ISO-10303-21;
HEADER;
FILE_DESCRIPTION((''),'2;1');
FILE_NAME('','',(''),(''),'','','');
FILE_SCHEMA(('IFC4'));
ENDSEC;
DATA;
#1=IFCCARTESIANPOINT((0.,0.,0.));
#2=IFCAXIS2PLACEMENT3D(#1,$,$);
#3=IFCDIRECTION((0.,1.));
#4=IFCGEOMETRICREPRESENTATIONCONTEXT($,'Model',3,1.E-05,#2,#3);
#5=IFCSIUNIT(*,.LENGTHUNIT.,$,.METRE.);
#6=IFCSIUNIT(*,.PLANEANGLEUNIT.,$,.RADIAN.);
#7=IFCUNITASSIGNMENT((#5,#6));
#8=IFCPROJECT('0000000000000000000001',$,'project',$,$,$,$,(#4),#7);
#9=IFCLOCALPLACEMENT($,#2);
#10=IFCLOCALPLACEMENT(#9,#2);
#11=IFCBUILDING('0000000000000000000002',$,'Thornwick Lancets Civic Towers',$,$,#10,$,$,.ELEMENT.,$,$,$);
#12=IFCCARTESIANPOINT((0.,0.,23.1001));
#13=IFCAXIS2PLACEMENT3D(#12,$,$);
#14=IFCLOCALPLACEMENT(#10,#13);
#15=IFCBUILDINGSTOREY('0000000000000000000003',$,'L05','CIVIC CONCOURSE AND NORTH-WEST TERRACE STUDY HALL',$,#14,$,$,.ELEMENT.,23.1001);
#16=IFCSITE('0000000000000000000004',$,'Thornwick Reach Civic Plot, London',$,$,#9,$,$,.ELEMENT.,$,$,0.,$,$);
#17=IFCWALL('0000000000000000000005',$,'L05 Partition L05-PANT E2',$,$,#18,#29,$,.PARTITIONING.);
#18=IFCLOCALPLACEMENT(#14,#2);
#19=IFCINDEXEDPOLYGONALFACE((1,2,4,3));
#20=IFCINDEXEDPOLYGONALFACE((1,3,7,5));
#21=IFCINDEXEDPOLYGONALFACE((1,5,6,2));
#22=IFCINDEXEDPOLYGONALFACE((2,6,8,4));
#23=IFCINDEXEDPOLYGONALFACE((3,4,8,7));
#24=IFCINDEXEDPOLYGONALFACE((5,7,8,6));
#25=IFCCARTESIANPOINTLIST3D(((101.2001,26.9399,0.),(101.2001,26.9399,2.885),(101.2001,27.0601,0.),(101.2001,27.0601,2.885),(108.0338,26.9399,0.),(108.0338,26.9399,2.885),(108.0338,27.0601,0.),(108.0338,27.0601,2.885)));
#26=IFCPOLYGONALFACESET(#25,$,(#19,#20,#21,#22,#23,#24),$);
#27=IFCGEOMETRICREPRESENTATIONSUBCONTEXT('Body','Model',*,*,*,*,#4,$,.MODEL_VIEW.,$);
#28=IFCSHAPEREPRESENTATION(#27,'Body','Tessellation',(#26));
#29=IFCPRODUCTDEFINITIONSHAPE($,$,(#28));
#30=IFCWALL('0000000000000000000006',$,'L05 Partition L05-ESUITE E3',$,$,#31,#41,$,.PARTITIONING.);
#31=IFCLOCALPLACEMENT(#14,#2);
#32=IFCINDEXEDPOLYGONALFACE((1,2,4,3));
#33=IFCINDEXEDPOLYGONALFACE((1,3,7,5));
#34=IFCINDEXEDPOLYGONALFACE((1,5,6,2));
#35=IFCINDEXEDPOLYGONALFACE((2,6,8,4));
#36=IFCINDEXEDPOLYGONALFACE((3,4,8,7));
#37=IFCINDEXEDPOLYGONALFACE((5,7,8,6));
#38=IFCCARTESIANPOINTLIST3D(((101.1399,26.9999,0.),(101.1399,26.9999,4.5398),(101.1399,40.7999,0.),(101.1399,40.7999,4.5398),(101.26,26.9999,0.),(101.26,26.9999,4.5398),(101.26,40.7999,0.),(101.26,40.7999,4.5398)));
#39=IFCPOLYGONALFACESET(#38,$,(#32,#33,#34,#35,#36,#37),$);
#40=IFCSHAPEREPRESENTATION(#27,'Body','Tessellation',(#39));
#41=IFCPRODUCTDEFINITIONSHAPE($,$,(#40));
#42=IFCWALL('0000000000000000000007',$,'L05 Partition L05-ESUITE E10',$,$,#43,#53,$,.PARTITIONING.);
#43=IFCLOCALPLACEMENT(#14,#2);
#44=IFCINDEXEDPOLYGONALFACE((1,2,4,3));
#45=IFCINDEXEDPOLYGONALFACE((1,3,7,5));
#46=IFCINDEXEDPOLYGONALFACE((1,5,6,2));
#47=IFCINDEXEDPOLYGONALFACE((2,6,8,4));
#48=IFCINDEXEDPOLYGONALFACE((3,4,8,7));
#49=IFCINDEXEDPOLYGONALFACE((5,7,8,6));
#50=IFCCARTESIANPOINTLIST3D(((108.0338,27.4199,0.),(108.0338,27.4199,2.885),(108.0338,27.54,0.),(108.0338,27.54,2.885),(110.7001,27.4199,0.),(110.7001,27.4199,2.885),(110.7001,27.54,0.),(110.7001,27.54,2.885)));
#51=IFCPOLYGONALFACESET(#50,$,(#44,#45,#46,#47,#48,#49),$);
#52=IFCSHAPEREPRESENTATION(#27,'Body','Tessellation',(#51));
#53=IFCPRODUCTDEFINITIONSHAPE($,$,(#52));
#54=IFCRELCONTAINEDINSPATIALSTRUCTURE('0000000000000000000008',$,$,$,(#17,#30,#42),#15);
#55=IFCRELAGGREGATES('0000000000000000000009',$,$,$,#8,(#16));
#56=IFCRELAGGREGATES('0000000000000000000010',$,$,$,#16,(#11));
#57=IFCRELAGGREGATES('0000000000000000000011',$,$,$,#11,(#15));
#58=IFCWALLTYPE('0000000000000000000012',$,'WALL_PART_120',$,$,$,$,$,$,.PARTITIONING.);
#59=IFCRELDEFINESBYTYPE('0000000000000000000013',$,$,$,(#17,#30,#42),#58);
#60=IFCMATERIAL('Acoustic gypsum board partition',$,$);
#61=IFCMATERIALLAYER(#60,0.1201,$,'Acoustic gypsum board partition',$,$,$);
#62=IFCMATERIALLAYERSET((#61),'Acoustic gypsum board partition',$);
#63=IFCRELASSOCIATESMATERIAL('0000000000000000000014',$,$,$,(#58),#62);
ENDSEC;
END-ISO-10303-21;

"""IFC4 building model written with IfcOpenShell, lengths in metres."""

from ifc_helpers import new_model, si_unit, direction, frame, frame_2d, origin, place, context, subcontext, project, spatial, rectangle, extrude, material, layer, layer_set, type_object, element, save


model = new_model("IFC4")

# Units and contexts
model_context = context("Model", 3, precision=1e-05, world=origin(), true_north=direction((0.0, 1.0)))
body_context = subcontext(model_context, "Body", "Model", "MODEL_VIEW")
ifc_project = project(units=[si_unit("LENGTHUNIT", "METRE"), si_unit("PLANEANGLEUNIT", "RADIAN")], contexts=[model_context])

# Site, building, storey
site_placement = place(None, origin())
site = spatial("IfcSite", under=ifc_project, at=site_placement, Name="Thornwick Reach Civic Plot, London", CompositionType="ELEMENT", RefElevation=0.0)
building_placement = place(site_placement, origin())
building = spatial("IfcBuilding", under=site, at=building_placement, Name="Thornwick Lancets Civic Towers", CompositionType="ELEMENT")
storey_placement = place(building_placement, frame((0.0, 0.0, 23.1001)))
storey = spatial("IfcBuildingStorey", under=building, at=storey_placement, Name="L05", Description="CIVIC CONCOURSE AND NORTH-WEST TERRACE STUDY HALL", CompositionType="ELEMENT", Elevation=23.1001)

# Walls
ifc_material_1 = material(Name="Acoustic gypsum board partition")
ifc_layer_1 = layer(ifc_material_1, 0.1201, Name="Acoustic gypsum board partition")
ifc_layer_set_1 = layer_set([ifc_layer_1], Name="Acoustic gypsum board partition")
wall_type_1 = type_object("IfcWallType", Name="WALL_PART_120", PredefinedType="PARTITIONING", material=ifc_layer_set_1)
wall_1_placement = place(storey_placement, frame((101.2, 27.0, 0.0), z_axis=(0.0, 0.0, 1.0), x_axis=(1.0, 0.0, 0.0)))
element("IfcWall", 1, at=wall_1_placement, inside=storey, type_object=wall_type_1, Name="L05 Partition L05-PANT E2", PredefinedType="PARTITIONING", context=body_context, shape_type="SweptSolid", body=[
    extrude(rectangle(XDim=6.8337, YDim=0.1201, at=frame_2d((3.417, 0.0))), origin(), (0.0, 0.0, 1.0), 2.885),
])
wall_2_placement = place(storey_placement, frame((101.2, 27.0, 0.0), z_axis=(0.0, 0.0, 1.0), x_axis=(0.0, 1.0, 0.0)))
element("IfcWall", 2, at=wall_2_placement, inside=storey, type_object=wall_type_1, Name="L05 Partition L05-ESUITE E3", PredefinedType="PARTITIONING", context=body_context, shape_type="SweptSolid", body=[
    extrude(rectangle(XDim=13.8, YDim=0.1201, at=frame_2d((6.8999, 0.0))), origin(), (0.0, 0.0, 1.0), 4.5398),
])
wall_3_placement = place(storey_placement, frame((110.7, 27.48, 0.0), z_axis=(0.0, 0.0, 1.0), x_axis=(-1.0, 0.0, 0.0)))
element("IfcWall", 3, at=wall_3_placement, inside=storey, type_object=wall_type_1, Name="L05 Partition L05-ESUITE E10", PredefinedType="PARTITIONING", context=body_context, shape_type="SweptSolid", body=[
    extrude(rectangle(XDim=2.6663, YDim=0.1201, at=frame_2d((1.333, 0.0))), origin(), (0.0, 0.0, 1.0), 2.885),
])

save(model, "model.ifc")
